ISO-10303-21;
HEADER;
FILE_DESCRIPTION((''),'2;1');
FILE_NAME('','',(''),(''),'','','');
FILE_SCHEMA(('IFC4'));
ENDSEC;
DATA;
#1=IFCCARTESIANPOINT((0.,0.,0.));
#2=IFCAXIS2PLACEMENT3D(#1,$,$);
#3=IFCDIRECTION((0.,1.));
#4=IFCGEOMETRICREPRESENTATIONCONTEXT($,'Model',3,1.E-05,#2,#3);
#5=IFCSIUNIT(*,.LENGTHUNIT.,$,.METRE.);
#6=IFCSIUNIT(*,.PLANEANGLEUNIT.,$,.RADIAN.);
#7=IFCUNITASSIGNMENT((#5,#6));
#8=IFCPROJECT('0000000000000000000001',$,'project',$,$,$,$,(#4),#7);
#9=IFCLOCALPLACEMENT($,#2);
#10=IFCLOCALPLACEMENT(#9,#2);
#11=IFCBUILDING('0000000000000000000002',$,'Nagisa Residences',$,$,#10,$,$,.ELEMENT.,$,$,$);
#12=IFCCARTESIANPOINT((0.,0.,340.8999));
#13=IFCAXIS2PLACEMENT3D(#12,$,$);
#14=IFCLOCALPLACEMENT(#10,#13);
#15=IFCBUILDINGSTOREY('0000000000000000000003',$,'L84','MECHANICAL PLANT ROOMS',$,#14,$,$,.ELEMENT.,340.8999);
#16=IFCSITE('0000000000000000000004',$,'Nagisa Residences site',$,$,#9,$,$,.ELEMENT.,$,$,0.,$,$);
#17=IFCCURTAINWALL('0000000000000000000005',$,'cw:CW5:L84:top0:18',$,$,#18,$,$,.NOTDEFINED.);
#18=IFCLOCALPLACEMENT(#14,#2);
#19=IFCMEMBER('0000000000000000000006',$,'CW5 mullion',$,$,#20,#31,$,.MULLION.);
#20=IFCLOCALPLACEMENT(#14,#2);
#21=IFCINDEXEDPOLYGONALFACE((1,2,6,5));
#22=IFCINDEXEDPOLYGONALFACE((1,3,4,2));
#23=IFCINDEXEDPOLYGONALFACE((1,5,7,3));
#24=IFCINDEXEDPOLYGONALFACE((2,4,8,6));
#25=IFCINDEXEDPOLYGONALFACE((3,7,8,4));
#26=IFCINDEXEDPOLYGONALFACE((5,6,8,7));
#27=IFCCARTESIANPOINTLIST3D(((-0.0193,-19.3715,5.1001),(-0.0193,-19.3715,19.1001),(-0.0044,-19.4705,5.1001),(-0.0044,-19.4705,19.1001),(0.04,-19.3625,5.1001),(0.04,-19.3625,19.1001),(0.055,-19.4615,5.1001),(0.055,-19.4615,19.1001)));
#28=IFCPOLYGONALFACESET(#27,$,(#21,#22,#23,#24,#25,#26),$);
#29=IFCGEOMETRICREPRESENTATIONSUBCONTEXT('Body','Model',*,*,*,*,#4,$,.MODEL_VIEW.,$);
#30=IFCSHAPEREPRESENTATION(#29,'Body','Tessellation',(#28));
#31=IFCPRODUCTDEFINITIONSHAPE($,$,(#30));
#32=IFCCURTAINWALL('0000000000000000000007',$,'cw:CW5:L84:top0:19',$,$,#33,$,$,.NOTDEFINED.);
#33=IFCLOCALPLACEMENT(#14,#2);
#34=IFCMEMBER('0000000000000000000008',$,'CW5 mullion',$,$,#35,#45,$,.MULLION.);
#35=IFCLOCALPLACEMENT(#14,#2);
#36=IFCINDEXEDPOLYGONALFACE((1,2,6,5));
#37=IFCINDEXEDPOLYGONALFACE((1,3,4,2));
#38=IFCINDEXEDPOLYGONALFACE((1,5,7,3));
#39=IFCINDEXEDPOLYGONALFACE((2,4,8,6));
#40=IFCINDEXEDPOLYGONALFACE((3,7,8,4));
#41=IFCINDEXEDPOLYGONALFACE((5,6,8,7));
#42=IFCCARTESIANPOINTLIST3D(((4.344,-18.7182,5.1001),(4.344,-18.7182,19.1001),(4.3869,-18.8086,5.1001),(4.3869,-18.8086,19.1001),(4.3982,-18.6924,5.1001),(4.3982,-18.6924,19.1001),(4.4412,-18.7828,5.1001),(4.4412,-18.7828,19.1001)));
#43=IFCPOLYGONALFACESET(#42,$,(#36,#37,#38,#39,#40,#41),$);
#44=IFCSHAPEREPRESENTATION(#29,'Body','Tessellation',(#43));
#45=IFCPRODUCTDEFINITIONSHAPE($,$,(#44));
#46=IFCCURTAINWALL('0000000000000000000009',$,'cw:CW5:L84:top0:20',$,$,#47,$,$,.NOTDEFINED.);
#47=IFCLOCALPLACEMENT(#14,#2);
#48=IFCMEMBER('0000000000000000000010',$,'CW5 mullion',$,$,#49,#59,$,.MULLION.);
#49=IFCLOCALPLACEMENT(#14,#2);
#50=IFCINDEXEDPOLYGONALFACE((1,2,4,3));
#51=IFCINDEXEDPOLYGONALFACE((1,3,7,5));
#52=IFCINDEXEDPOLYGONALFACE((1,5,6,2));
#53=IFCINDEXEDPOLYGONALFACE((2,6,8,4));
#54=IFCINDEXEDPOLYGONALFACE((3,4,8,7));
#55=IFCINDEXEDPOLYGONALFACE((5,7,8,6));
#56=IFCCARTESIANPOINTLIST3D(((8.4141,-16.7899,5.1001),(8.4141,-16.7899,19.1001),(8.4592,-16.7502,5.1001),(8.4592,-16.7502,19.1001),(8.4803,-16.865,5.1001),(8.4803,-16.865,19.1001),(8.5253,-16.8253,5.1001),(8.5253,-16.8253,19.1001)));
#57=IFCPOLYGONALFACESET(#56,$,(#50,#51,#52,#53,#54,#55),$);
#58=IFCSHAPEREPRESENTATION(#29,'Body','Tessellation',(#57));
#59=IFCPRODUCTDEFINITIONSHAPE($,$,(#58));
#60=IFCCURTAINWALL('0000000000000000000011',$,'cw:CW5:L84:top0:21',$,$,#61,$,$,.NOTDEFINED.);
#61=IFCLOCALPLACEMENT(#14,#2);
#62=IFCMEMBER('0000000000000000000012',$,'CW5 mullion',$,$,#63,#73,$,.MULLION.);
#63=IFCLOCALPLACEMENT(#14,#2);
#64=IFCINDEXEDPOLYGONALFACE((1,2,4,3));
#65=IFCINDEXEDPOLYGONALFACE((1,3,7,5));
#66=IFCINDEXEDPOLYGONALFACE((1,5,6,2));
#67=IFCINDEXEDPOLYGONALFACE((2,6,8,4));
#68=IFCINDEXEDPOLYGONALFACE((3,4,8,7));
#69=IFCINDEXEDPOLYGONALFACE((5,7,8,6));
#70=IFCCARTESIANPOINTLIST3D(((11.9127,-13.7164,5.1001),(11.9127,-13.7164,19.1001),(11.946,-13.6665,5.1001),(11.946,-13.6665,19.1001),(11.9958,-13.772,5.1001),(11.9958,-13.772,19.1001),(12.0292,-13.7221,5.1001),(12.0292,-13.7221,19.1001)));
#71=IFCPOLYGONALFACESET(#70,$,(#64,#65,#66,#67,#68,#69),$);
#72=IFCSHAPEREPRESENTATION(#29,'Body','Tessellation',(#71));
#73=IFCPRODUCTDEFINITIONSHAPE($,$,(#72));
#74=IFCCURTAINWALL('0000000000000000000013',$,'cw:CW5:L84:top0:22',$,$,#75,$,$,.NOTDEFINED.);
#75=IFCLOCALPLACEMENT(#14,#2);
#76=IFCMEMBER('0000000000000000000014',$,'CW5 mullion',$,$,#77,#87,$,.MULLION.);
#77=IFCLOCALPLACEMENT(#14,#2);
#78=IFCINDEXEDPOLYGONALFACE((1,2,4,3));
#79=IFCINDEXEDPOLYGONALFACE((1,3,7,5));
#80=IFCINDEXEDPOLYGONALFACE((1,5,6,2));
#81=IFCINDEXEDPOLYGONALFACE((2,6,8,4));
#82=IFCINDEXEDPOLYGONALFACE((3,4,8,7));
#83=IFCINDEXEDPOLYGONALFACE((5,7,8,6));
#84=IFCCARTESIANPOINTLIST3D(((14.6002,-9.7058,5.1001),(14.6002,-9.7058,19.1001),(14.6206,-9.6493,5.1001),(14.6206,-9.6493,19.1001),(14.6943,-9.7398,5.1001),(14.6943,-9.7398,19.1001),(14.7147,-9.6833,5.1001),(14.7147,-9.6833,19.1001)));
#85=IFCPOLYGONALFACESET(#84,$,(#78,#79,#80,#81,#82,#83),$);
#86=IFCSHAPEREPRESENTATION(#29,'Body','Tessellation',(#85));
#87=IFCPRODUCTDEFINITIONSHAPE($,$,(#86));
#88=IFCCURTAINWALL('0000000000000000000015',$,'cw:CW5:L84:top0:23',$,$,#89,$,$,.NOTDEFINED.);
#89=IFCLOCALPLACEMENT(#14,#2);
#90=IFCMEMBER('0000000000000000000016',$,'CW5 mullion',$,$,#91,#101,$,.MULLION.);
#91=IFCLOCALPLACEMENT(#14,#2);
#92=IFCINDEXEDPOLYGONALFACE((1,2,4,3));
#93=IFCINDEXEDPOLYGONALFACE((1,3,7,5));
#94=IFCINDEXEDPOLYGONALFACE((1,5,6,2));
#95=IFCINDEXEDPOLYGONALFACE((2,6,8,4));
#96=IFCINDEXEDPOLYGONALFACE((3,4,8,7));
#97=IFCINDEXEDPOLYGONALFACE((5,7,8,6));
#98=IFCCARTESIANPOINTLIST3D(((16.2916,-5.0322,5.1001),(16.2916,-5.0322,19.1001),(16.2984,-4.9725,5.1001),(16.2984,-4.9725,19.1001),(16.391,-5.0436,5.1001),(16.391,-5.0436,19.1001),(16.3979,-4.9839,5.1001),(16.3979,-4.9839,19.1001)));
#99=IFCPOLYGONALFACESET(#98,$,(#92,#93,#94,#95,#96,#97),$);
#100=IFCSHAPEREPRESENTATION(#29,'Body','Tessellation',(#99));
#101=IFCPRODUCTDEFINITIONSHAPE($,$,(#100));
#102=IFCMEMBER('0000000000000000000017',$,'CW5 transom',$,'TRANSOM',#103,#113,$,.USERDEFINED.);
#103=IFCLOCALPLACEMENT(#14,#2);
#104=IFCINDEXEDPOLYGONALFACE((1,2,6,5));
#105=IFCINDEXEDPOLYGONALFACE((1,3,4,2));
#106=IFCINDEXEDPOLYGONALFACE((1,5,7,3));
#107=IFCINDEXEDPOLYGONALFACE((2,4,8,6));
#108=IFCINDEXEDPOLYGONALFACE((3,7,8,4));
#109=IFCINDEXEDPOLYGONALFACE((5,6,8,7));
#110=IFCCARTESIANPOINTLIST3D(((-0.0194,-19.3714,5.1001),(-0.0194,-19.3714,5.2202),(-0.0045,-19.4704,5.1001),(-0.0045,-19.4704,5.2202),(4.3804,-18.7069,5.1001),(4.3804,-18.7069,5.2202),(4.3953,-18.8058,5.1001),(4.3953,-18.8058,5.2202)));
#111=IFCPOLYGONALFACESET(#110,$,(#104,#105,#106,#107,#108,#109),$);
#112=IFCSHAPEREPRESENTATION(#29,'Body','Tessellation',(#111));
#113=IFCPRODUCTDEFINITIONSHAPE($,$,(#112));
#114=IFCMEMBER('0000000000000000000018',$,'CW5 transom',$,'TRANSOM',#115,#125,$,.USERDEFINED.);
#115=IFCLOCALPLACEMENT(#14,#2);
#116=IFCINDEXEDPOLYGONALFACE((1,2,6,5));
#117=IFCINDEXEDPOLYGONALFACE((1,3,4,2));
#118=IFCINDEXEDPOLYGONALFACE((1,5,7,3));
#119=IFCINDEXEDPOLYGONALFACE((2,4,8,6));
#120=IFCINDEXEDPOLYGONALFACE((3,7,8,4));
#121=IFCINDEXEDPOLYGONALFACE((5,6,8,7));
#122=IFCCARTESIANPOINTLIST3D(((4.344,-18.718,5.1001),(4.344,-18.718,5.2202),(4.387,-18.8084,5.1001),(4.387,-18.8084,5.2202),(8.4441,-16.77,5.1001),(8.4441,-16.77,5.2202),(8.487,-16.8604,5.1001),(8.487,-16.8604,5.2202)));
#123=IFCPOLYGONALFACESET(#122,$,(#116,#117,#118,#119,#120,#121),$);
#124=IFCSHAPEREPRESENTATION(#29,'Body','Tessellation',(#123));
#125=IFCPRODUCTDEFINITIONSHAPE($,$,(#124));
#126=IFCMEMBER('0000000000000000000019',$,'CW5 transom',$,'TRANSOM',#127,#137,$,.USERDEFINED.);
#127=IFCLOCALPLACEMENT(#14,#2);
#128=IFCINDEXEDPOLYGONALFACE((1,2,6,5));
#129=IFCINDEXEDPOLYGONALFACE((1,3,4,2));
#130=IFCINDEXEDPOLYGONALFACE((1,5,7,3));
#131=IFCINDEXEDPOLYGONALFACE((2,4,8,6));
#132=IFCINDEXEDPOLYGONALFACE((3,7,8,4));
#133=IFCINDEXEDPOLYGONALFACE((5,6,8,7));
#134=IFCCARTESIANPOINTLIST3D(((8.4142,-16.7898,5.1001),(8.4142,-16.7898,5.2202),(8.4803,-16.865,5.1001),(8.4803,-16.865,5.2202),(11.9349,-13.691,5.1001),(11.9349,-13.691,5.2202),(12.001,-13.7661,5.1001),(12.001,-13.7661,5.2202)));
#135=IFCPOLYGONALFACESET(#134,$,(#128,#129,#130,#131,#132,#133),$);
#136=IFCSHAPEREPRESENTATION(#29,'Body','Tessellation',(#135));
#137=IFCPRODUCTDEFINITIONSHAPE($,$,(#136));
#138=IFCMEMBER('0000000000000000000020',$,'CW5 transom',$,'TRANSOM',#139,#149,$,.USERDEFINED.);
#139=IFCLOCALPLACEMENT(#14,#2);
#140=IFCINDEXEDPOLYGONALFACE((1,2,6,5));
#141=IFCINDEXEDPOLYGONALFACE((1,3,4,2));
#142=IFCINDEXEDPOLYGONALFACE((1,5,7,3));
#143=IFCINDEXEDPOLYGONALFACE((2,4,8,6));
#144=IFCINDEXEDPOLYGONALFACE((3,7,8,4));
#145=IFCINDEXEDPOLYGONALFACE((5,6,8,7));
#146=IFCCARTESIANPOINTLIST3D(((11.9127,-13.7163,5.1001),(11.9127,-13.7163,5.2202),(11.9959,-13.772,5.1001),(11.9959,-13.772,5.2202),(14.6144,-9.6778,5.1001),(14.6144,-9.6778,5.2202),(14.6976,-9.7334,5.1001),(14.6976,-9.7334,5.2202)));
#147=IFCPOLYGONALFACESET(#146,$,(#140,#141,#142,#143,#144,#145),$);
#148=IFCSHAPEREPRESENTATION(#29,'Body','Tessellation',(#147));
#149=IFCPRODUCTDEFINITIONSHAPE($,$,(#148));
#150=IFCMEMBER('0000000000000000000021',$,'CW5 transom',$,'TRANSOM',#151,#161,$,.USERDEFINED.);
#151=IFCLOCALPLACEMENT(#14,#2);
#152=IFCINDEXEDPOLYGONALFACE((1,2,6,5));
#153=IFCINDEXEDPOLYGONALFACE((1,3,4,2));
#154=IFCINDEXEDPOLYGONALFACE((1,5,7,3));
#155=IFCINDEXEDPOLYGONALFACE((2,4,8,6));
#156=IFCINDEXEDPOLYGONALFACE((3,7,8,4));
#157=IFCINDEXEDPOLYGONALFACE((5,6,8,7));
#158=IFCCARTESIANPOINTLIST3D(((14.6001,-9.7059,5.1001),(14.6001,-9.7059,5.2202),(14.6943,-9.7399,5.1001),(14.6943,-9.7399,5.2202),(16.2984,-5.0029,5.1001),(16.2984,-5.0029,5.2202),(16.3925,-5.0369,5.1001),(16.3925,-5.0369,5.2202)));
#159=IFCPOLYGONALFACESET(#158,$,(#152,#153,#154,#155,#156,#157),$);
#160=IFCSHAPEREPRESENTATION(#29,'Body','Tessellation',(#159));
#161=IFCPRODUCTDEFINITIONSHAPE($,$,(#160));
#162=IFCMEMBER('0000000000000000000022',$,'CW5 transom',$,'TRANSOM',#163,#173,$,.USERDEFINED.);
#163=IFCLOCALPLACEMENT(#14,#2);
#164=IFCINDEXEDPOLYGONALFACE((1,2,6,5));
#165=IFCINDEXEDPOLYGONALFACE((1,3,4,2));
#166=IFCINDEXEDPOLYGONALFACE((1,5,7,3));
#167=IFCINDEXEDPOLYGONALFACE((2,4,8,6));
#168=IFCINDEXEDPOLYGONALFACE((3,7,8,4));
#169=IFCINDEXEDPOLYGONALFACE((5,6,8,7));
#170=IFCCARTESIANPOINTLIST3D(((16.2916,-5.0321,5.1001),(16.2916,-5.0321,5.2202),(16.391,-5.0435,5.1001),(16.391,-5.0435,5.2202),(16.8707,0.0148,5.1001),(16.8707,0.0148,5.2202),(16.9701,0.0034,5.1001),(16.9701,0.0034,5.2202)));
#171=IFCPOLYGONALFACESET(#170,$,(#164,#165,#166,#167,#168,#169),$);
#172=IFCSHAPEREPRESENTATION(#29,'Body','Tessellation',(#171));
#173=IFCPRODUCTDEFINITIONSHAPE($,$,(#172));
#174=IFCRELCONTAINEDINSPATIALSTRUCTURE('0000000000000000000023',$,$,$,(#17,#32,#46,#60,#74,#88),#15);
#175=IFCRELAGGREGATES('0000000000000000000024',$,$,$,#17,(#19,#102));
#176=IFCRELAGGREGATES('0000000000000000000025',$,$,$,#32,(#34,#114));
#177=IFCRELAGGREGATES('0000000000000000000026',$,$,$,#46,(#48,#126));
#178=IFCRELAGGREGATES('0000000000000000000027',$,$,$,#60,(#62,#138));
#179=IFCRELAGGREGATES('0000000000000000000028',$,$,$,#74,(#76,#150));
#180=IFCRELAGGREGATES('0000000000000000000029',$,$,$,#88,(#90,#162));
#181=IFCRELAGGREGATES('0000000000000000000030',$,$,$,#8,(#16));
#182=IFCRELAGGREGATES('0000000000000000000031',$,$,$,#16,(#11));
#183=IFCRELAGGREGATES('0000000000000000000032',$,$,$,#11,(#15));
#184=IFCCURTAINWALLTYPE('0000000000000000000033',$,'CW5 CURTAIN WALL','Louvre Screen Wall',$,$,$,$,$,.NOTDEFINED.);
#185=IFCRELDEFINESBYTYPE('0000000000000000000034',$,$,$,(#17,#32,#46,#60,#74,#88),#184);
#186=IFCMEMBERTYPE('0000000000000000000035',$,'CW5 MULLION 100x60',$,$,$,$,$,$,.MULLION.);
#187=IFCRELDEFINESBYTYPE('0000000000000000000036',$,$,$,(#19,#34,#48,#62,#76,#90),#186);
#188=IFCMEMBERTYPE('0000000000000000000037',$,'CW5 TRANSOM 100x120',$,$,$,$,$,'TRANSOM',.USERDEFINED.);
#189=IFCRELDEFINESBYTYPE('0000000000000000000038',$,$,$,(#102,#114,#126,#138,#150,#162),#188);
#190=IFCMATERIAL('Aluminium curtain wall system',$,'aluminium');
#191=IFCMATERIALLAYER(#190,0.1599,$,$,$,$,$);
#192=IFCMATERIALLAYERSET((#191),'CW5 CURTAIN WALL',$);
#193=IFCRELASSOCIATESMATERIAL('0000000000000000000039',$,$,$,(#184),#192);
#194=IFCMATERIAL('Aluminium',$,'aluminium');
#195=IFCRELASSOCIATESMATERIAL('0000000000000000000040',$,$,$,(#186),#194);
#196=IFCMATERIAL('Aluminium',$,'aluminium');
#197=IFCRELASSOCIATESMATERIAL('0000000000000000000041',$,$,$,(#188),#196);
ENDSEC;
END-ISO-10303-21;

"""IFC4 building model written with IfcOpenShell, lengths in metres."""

from ifc_helpers import new_model, si_unit, direction, frame, origin, origin_2d, place, context, subcontext, project, spatial, rectangle, extrude, material, layer, layer_set, material_profile, profile_set, type_object, element, aggregate, save


model = new_model("IFC4")

# Units and contexts
model_context = context("Model", 3, precision=1e-05, world=origin(), true_north=direction((0.0, 1.0)))
body_context = subcontext(model_context, "Body", "Model", "MODEL_VIEW")
ifc_project = project(units=[si_unit("LENGTHUNIT", "METRE"), si_unit("PLANEANGLEUNIT", "RADIAN")], contexts=[model_context])

# Site, building, storey
site_placement = place(None, origin())
site = spatial("IfcSite", under=ifc_project, at=site_placement, Name="Nagisa Residences site", CompositionType="ELEMENT", RefElevation=0.0)
building_placement = place(site_placement, origin())
building = spatial("IfcBuilding", under=site, at=building_placement, Name="Nagisa Residences", CompositionType="ELEMENT")
storey_placement = place(building_placement, frame((0.0, 0.0, 340.8999)))
storey = spatial("IfcBuildingStorey", under=building, at=storey_placement, Name="L84", Description="MECHANICAL PLANT ROOMS", CompositionType="ELEMENT", Elevation=340.8999)

# Curtain walls, members
ifc_material_1 = material(Name="Aluminium curtain wall system", Category="aluminium")
ifc_layer_1 = layer(ifc_material_1, 0.1599)
ifc_layer_set_1 = layer_set([ifc_layer_1], Name="CW5 CURTAIN WALL")
curtain_wall_type = type_object("IfcCurtainWallType", Name="CW5 CURTAIN WALL", Description="Louvre Screen Wall", PredefinedType="NOTDEFINED", material=ifc_layer_set_1)
curtain_wall_1_placement = place(storey_placement, origin())
curtain_wall_1 = element("IfcCurtainWall", 1, at=curtain_wall_1_placement, inside=storey, type_object=curtain_wall_type, Name="cw:CW5:L84:top0:18", PredefinedType="NOTDEFINED")
ifc_material_2 = material(Name="Aluminium", Category="aluminium")
ifc_material_profile_1 = material_profile(ifc_material_2, rectangle(XDim=0.1001, YDim=0.0601, at=origin_2d()), Name="CW5 MULLION 100x60")
ifc_profile_set_1 = profile_set([ifc_material_profile_1], Name="Aluminium")
member_type_1 = type_object("IfcMemberType", Name="CW5 MULLION 100x60", PredefinedType="MULLION", material=ifc_profile_set_1)
member_1_placement = place(storey_placement, frame((0.0178, -19.4165, 5.1001), z_axis=(0.0, 0.0, 1.0), x_axis=(-0.14932, 0.988789, 0.0)))
member_1 = element("IfcMember", 2, at=member_1_placement, type_object=member_type_1, Name="CW5 mullion", PredefinedType="MULLION", context=body_context, shape_type="SweptSolid", body=[
    extrude(rectangle(XDim=0.1001, YDim=0.0601, at=origin_2d()), origin(), (0.0, 0.0, 1.0), 14.0),
])
curtain_wall_2_placement = place(storey_placement, origin())
curtain_wall_2 = element("IfcCurtainWall", 3, at=curtain_wall_2_placement, inside=storey, type_object=curtain_wall_type, Name="cw:CW5:L84:top0:19", PredefinedType="NOTDEFINED")
member_2_placement = place(storey_placement, frame((4.3926, -18.7505, 5.1001), z_axis=(0.0, 0.0, 1.0), x_axis=(-0.429151, 0.903233, 0.0)))
member_2 = element("IfcMember", 4, at=member_2_placement, type_object=member_type_1, Name="CW5 mullion", PredefinedType="MULLION", context=body_context, shape_type="SweptSolid", body=[
    extrude(rectangle(XDim=0.1001, YDim=0.0601, at=origin_2d()), origin(), (0.0, 0.0, 1.0), 14.0),
])
curtain_wall_3_placement = place(storey_placement, origin())
curtain_wall_3 = element("IfcCurtainWall", 5, at=curtain_wall_3_placement, inside=storey, type_object=curtain_wall_type, Name="cw:CW5:L84:top0:20", PredefinedType="NOTDEFINED")
member_3_placement = place(storey_placement, frame((8.4697, -16.8076, 5.1001), z_axis=(0.0, 0.0, 1.0), x_axis=(-0.660699, 0.750651, 0.0)))
member_3 = element("IfcMember", 6, at=member_3_placement, type_object=member_type_1, Name="CW5 mullion", PredefinedType="MULLION", context=body_context, shape_type="SweptSolid", body=[
    extrude(rectangle(XDim=0.1001, YDim=0.0601, at=origin_2d()), origin(), (0.0, 0.0, 1.0), 14.0),
])
curtain_wall_4_placement = place(storey_placement, origin())
curtain_wall_4 = element("IfcCurtainWall", 7, at=curtain_wall_4_placement, inside=storey, type_object=curtain_wall_type, Name="cw:CW5:L84:top0:21", PredefinedType="NOTDEFINED")
member_4_placement = place(storey_placement, frame((11.9709, -13.7192, 5.1001), z_axis=(0.0, 0.0, 1.0), x_axis=(-0.831173, 0.556014, 0.0)))
member_4 = element("IfcMember", 8, at=member_4_placement, type_object=member_type_1, Name="CW5 mullion", PredefinedType="MULLION", context=body_context, shape_type="SweptSolid", body=[
    extrude(rectangle(XDim=0.1001, YDim=0.0601, at=origin_2d()), origin(), (0.0, 0.0, 1.0), 14.0),
])
curtain_wall_5_placement = place(storey_placement, origin())
curtain_wall_5 = element("IfcCurtainWall", 9, at=curtain_wall_5_placement, inside=storey, type_object=curtain_wall_type, Name="cw:CW5:L84:top0:22", PredefinedType="NOTDEFINED")
member_5_placement = place(storey_placement, frame((14.6575, -9.6946, 5.1001), z_axis=(0.0, 0.0, 1.0), x_axis=(-0.940554, 0.339643, 0.0)))
member_5 = element("IfcMember", 10, at=member_5_placement, type_object=member_type_1, Name="CW5 mullion", PredefinedType="MULLION", context=body_context, shape_type="SweptSolid", body=[
    extrude(rectangle(XDim=0.1001, YDim=0.0601, at=origin_2d()), origin(), (0.0, 0.0, 1.0), 14.0),
])
curtain_wall_6_placement = place(storey_placement, origin())
curtain_wall_6 = element("IfcCurtainWall", 11, at=curtain_wall_6_placement, inside=storey, type_object=curtain_wall_type, Name="cw:CW5:L84:top0:23", PredefinedType="NOTDEFINED")
member_6_placement = place(storey_placement, frame((16.3447, -5.0081, 5.1001), z_axis=(0.0, 0.0, 1.0), x_axis=(-0.993478, 0.114025, 0.0)))
member_6 = element("IfcMember", 12, at=member_6_placement, type_object=member_type_1, Name="CW5 mullion", PredefinedType="MULLION", context=body_context, shape_type="SweptSolid", body=[
    extrude(rectangle(XDim=0.1001, YDim=0.0601, at=origin_2d()), origin(), (0.0, 0.0, 1.0), 14.0),
])

# Members
ifc_material_3 = material(Name="Aluminium", Category="aluminium")
ifc_material_profile_2 = material_profile(ifc_material_3, rectangle(XDim=0.1001, YDim=0.1201, at=origin_2d()), Name="CW5 TRANSOM 100x120")
ifc_profile_set_2 = profile_set([ifc_material_profile_2], Name="Aluminium")
member_type_2 = type_object("IfcMemberType", Name="CW5 TRANSOM 100x120", ElementType="TRANSOM", PredefinedType="USERDEFINED", material=ifc_profile_set_2)
member_7_placement = place(storey_placement, frame((-0.012, -19.4209, 5.1602), z_axis=(0.988785, 0.149344, 0.0), x_axis=(-0.149344, 0.988785, 0.0)))
member_7 = element("IfcMember", 13, at=member_7_placement, type_object=member_type_2, Name="CW5 transom", ObjectType="TRANSOM", PredefinedType="USERDEFINED", context=body_context, shape_type="SweptSolid", body=[
    extrude(rectangle(XDim=0.1001, YDim=0.1201, at=origin_2d()), origin(), (0.0, 0.0, 1.0), 4.4497),
])
member_8_placement = place(storey_placement, frame((4.3655, -18.7632, 5.1602), z_axis=(0.903239, 0.429138, 0.0), x_axis=(-0.429138, 0.903239, 0.0)))
member_8 = element("IfcMember", 14, at=member_8_placement, type_object=member_type_2, Name="CW5 transom", ObjectType="TRANSOM", PredefinedType="USERDEFINED", context=body_context, shape_type="SweptSolid", body=[
    extrude(rectangle(XDim=0.1001, YDim=0.1201, at=origin_2d()), origin(), (0.0, 0.0, 1.0), 4.5393),
])
member_9_placement = place(storey_placement, frame((8.4473, -16.8274, 5.1602), z_axis=(0.750648, 0.660702, 0.0), x_axis=(-0.660702, 0.750648, 0.0)))
member_9 = element("IfcMember", 15, at=member_9_placement, type_object=member_type_2, Name="CW5 transom", ObjectType="TRANSOM", PredefinedType="USERDEFINED", context=body_context, shape_type="SweptSolid", body=[
    extrude(rectangle(XDim=0.1001, YDim=0.1201, at=origin_2d()), origin(), (0.0, 0.0, 1.0), 4.6902),
])
member_10_placement = place(storey_placement, frame((11.9543, -13.7441, 5.1602), z_axis=(0.556021, 0.831168, 0.0), x_axis=(-0.831168, 0.556021, 0.0)))
member_10 = element("IfcMember", 16, at=member_10_placement, type_object=member_type_2, Name="CW5 transom", ObjectType="TRANSOM", PredefinedType="USERDEFINED", context=body_context, shape_type="SweptSolid", body=[
    extrude(rectangle(XDim=0.1001, YDim=0.1201, at=origin_2d()), origin(), (0.0, 0.0, 1.0), 4.8589),
])
member_11_placement = place(storey_placement, frame((14.6472, -9.7229, 5.1602), z_axis=(0.339625, 0.940561, 0.0), x_axis=(-0.940561, 0.339625, 0.0)))
member_11 = element("IfcMember", 17, at=member_11_placement, type_object=member_type_2, Name="CW5 transom", ObjectType="TRANSOM", PredefinedType="USERDEFINED", context=body_context, shape_type="SweptSolid", body=[
    extrude(rectangle(XDim=0.1001, YDim=0.1201, at=origin_2d()), origin(), (0.0, 0.0, 1.0), 5.0002),
])
member_12_placement = place(storey_placement, frame((16.3413, -5.0378, 5.1602), z_axis=(0.113997, 0.993481, 0.0), x_axis=(-0.993481, 0.113997, 0.0)))
member_12 = element("IfcMember", 18, at=member_12_placement, type_object=member_type_2, Name="CW5 transom", ObjectType="TRANSOM", PredefinedType="USERDEFINED", context=body_context, shape_type="SweptSolid", body=[
    extrude(rectangle(XDim=0.1001, YDim=0.1201, at=origin_2d()), origin(), (0.0, 0.0, 1.0), 5.0801),
])

aggregate(curtain_wall_1, [member_1, member_7])
aggregate(curtain_wall_2, [member_2, member_8])
aggregate(curtain_wall_3, [member_3, member_9])
aggregate(curtain_wall_4, [member_4, member_10])
aggregate(curtain_wall_5, [member_5, member_11])
aggregate(curtain_wall_6, [member_6, member_12])

save(model, "model.ifc")
